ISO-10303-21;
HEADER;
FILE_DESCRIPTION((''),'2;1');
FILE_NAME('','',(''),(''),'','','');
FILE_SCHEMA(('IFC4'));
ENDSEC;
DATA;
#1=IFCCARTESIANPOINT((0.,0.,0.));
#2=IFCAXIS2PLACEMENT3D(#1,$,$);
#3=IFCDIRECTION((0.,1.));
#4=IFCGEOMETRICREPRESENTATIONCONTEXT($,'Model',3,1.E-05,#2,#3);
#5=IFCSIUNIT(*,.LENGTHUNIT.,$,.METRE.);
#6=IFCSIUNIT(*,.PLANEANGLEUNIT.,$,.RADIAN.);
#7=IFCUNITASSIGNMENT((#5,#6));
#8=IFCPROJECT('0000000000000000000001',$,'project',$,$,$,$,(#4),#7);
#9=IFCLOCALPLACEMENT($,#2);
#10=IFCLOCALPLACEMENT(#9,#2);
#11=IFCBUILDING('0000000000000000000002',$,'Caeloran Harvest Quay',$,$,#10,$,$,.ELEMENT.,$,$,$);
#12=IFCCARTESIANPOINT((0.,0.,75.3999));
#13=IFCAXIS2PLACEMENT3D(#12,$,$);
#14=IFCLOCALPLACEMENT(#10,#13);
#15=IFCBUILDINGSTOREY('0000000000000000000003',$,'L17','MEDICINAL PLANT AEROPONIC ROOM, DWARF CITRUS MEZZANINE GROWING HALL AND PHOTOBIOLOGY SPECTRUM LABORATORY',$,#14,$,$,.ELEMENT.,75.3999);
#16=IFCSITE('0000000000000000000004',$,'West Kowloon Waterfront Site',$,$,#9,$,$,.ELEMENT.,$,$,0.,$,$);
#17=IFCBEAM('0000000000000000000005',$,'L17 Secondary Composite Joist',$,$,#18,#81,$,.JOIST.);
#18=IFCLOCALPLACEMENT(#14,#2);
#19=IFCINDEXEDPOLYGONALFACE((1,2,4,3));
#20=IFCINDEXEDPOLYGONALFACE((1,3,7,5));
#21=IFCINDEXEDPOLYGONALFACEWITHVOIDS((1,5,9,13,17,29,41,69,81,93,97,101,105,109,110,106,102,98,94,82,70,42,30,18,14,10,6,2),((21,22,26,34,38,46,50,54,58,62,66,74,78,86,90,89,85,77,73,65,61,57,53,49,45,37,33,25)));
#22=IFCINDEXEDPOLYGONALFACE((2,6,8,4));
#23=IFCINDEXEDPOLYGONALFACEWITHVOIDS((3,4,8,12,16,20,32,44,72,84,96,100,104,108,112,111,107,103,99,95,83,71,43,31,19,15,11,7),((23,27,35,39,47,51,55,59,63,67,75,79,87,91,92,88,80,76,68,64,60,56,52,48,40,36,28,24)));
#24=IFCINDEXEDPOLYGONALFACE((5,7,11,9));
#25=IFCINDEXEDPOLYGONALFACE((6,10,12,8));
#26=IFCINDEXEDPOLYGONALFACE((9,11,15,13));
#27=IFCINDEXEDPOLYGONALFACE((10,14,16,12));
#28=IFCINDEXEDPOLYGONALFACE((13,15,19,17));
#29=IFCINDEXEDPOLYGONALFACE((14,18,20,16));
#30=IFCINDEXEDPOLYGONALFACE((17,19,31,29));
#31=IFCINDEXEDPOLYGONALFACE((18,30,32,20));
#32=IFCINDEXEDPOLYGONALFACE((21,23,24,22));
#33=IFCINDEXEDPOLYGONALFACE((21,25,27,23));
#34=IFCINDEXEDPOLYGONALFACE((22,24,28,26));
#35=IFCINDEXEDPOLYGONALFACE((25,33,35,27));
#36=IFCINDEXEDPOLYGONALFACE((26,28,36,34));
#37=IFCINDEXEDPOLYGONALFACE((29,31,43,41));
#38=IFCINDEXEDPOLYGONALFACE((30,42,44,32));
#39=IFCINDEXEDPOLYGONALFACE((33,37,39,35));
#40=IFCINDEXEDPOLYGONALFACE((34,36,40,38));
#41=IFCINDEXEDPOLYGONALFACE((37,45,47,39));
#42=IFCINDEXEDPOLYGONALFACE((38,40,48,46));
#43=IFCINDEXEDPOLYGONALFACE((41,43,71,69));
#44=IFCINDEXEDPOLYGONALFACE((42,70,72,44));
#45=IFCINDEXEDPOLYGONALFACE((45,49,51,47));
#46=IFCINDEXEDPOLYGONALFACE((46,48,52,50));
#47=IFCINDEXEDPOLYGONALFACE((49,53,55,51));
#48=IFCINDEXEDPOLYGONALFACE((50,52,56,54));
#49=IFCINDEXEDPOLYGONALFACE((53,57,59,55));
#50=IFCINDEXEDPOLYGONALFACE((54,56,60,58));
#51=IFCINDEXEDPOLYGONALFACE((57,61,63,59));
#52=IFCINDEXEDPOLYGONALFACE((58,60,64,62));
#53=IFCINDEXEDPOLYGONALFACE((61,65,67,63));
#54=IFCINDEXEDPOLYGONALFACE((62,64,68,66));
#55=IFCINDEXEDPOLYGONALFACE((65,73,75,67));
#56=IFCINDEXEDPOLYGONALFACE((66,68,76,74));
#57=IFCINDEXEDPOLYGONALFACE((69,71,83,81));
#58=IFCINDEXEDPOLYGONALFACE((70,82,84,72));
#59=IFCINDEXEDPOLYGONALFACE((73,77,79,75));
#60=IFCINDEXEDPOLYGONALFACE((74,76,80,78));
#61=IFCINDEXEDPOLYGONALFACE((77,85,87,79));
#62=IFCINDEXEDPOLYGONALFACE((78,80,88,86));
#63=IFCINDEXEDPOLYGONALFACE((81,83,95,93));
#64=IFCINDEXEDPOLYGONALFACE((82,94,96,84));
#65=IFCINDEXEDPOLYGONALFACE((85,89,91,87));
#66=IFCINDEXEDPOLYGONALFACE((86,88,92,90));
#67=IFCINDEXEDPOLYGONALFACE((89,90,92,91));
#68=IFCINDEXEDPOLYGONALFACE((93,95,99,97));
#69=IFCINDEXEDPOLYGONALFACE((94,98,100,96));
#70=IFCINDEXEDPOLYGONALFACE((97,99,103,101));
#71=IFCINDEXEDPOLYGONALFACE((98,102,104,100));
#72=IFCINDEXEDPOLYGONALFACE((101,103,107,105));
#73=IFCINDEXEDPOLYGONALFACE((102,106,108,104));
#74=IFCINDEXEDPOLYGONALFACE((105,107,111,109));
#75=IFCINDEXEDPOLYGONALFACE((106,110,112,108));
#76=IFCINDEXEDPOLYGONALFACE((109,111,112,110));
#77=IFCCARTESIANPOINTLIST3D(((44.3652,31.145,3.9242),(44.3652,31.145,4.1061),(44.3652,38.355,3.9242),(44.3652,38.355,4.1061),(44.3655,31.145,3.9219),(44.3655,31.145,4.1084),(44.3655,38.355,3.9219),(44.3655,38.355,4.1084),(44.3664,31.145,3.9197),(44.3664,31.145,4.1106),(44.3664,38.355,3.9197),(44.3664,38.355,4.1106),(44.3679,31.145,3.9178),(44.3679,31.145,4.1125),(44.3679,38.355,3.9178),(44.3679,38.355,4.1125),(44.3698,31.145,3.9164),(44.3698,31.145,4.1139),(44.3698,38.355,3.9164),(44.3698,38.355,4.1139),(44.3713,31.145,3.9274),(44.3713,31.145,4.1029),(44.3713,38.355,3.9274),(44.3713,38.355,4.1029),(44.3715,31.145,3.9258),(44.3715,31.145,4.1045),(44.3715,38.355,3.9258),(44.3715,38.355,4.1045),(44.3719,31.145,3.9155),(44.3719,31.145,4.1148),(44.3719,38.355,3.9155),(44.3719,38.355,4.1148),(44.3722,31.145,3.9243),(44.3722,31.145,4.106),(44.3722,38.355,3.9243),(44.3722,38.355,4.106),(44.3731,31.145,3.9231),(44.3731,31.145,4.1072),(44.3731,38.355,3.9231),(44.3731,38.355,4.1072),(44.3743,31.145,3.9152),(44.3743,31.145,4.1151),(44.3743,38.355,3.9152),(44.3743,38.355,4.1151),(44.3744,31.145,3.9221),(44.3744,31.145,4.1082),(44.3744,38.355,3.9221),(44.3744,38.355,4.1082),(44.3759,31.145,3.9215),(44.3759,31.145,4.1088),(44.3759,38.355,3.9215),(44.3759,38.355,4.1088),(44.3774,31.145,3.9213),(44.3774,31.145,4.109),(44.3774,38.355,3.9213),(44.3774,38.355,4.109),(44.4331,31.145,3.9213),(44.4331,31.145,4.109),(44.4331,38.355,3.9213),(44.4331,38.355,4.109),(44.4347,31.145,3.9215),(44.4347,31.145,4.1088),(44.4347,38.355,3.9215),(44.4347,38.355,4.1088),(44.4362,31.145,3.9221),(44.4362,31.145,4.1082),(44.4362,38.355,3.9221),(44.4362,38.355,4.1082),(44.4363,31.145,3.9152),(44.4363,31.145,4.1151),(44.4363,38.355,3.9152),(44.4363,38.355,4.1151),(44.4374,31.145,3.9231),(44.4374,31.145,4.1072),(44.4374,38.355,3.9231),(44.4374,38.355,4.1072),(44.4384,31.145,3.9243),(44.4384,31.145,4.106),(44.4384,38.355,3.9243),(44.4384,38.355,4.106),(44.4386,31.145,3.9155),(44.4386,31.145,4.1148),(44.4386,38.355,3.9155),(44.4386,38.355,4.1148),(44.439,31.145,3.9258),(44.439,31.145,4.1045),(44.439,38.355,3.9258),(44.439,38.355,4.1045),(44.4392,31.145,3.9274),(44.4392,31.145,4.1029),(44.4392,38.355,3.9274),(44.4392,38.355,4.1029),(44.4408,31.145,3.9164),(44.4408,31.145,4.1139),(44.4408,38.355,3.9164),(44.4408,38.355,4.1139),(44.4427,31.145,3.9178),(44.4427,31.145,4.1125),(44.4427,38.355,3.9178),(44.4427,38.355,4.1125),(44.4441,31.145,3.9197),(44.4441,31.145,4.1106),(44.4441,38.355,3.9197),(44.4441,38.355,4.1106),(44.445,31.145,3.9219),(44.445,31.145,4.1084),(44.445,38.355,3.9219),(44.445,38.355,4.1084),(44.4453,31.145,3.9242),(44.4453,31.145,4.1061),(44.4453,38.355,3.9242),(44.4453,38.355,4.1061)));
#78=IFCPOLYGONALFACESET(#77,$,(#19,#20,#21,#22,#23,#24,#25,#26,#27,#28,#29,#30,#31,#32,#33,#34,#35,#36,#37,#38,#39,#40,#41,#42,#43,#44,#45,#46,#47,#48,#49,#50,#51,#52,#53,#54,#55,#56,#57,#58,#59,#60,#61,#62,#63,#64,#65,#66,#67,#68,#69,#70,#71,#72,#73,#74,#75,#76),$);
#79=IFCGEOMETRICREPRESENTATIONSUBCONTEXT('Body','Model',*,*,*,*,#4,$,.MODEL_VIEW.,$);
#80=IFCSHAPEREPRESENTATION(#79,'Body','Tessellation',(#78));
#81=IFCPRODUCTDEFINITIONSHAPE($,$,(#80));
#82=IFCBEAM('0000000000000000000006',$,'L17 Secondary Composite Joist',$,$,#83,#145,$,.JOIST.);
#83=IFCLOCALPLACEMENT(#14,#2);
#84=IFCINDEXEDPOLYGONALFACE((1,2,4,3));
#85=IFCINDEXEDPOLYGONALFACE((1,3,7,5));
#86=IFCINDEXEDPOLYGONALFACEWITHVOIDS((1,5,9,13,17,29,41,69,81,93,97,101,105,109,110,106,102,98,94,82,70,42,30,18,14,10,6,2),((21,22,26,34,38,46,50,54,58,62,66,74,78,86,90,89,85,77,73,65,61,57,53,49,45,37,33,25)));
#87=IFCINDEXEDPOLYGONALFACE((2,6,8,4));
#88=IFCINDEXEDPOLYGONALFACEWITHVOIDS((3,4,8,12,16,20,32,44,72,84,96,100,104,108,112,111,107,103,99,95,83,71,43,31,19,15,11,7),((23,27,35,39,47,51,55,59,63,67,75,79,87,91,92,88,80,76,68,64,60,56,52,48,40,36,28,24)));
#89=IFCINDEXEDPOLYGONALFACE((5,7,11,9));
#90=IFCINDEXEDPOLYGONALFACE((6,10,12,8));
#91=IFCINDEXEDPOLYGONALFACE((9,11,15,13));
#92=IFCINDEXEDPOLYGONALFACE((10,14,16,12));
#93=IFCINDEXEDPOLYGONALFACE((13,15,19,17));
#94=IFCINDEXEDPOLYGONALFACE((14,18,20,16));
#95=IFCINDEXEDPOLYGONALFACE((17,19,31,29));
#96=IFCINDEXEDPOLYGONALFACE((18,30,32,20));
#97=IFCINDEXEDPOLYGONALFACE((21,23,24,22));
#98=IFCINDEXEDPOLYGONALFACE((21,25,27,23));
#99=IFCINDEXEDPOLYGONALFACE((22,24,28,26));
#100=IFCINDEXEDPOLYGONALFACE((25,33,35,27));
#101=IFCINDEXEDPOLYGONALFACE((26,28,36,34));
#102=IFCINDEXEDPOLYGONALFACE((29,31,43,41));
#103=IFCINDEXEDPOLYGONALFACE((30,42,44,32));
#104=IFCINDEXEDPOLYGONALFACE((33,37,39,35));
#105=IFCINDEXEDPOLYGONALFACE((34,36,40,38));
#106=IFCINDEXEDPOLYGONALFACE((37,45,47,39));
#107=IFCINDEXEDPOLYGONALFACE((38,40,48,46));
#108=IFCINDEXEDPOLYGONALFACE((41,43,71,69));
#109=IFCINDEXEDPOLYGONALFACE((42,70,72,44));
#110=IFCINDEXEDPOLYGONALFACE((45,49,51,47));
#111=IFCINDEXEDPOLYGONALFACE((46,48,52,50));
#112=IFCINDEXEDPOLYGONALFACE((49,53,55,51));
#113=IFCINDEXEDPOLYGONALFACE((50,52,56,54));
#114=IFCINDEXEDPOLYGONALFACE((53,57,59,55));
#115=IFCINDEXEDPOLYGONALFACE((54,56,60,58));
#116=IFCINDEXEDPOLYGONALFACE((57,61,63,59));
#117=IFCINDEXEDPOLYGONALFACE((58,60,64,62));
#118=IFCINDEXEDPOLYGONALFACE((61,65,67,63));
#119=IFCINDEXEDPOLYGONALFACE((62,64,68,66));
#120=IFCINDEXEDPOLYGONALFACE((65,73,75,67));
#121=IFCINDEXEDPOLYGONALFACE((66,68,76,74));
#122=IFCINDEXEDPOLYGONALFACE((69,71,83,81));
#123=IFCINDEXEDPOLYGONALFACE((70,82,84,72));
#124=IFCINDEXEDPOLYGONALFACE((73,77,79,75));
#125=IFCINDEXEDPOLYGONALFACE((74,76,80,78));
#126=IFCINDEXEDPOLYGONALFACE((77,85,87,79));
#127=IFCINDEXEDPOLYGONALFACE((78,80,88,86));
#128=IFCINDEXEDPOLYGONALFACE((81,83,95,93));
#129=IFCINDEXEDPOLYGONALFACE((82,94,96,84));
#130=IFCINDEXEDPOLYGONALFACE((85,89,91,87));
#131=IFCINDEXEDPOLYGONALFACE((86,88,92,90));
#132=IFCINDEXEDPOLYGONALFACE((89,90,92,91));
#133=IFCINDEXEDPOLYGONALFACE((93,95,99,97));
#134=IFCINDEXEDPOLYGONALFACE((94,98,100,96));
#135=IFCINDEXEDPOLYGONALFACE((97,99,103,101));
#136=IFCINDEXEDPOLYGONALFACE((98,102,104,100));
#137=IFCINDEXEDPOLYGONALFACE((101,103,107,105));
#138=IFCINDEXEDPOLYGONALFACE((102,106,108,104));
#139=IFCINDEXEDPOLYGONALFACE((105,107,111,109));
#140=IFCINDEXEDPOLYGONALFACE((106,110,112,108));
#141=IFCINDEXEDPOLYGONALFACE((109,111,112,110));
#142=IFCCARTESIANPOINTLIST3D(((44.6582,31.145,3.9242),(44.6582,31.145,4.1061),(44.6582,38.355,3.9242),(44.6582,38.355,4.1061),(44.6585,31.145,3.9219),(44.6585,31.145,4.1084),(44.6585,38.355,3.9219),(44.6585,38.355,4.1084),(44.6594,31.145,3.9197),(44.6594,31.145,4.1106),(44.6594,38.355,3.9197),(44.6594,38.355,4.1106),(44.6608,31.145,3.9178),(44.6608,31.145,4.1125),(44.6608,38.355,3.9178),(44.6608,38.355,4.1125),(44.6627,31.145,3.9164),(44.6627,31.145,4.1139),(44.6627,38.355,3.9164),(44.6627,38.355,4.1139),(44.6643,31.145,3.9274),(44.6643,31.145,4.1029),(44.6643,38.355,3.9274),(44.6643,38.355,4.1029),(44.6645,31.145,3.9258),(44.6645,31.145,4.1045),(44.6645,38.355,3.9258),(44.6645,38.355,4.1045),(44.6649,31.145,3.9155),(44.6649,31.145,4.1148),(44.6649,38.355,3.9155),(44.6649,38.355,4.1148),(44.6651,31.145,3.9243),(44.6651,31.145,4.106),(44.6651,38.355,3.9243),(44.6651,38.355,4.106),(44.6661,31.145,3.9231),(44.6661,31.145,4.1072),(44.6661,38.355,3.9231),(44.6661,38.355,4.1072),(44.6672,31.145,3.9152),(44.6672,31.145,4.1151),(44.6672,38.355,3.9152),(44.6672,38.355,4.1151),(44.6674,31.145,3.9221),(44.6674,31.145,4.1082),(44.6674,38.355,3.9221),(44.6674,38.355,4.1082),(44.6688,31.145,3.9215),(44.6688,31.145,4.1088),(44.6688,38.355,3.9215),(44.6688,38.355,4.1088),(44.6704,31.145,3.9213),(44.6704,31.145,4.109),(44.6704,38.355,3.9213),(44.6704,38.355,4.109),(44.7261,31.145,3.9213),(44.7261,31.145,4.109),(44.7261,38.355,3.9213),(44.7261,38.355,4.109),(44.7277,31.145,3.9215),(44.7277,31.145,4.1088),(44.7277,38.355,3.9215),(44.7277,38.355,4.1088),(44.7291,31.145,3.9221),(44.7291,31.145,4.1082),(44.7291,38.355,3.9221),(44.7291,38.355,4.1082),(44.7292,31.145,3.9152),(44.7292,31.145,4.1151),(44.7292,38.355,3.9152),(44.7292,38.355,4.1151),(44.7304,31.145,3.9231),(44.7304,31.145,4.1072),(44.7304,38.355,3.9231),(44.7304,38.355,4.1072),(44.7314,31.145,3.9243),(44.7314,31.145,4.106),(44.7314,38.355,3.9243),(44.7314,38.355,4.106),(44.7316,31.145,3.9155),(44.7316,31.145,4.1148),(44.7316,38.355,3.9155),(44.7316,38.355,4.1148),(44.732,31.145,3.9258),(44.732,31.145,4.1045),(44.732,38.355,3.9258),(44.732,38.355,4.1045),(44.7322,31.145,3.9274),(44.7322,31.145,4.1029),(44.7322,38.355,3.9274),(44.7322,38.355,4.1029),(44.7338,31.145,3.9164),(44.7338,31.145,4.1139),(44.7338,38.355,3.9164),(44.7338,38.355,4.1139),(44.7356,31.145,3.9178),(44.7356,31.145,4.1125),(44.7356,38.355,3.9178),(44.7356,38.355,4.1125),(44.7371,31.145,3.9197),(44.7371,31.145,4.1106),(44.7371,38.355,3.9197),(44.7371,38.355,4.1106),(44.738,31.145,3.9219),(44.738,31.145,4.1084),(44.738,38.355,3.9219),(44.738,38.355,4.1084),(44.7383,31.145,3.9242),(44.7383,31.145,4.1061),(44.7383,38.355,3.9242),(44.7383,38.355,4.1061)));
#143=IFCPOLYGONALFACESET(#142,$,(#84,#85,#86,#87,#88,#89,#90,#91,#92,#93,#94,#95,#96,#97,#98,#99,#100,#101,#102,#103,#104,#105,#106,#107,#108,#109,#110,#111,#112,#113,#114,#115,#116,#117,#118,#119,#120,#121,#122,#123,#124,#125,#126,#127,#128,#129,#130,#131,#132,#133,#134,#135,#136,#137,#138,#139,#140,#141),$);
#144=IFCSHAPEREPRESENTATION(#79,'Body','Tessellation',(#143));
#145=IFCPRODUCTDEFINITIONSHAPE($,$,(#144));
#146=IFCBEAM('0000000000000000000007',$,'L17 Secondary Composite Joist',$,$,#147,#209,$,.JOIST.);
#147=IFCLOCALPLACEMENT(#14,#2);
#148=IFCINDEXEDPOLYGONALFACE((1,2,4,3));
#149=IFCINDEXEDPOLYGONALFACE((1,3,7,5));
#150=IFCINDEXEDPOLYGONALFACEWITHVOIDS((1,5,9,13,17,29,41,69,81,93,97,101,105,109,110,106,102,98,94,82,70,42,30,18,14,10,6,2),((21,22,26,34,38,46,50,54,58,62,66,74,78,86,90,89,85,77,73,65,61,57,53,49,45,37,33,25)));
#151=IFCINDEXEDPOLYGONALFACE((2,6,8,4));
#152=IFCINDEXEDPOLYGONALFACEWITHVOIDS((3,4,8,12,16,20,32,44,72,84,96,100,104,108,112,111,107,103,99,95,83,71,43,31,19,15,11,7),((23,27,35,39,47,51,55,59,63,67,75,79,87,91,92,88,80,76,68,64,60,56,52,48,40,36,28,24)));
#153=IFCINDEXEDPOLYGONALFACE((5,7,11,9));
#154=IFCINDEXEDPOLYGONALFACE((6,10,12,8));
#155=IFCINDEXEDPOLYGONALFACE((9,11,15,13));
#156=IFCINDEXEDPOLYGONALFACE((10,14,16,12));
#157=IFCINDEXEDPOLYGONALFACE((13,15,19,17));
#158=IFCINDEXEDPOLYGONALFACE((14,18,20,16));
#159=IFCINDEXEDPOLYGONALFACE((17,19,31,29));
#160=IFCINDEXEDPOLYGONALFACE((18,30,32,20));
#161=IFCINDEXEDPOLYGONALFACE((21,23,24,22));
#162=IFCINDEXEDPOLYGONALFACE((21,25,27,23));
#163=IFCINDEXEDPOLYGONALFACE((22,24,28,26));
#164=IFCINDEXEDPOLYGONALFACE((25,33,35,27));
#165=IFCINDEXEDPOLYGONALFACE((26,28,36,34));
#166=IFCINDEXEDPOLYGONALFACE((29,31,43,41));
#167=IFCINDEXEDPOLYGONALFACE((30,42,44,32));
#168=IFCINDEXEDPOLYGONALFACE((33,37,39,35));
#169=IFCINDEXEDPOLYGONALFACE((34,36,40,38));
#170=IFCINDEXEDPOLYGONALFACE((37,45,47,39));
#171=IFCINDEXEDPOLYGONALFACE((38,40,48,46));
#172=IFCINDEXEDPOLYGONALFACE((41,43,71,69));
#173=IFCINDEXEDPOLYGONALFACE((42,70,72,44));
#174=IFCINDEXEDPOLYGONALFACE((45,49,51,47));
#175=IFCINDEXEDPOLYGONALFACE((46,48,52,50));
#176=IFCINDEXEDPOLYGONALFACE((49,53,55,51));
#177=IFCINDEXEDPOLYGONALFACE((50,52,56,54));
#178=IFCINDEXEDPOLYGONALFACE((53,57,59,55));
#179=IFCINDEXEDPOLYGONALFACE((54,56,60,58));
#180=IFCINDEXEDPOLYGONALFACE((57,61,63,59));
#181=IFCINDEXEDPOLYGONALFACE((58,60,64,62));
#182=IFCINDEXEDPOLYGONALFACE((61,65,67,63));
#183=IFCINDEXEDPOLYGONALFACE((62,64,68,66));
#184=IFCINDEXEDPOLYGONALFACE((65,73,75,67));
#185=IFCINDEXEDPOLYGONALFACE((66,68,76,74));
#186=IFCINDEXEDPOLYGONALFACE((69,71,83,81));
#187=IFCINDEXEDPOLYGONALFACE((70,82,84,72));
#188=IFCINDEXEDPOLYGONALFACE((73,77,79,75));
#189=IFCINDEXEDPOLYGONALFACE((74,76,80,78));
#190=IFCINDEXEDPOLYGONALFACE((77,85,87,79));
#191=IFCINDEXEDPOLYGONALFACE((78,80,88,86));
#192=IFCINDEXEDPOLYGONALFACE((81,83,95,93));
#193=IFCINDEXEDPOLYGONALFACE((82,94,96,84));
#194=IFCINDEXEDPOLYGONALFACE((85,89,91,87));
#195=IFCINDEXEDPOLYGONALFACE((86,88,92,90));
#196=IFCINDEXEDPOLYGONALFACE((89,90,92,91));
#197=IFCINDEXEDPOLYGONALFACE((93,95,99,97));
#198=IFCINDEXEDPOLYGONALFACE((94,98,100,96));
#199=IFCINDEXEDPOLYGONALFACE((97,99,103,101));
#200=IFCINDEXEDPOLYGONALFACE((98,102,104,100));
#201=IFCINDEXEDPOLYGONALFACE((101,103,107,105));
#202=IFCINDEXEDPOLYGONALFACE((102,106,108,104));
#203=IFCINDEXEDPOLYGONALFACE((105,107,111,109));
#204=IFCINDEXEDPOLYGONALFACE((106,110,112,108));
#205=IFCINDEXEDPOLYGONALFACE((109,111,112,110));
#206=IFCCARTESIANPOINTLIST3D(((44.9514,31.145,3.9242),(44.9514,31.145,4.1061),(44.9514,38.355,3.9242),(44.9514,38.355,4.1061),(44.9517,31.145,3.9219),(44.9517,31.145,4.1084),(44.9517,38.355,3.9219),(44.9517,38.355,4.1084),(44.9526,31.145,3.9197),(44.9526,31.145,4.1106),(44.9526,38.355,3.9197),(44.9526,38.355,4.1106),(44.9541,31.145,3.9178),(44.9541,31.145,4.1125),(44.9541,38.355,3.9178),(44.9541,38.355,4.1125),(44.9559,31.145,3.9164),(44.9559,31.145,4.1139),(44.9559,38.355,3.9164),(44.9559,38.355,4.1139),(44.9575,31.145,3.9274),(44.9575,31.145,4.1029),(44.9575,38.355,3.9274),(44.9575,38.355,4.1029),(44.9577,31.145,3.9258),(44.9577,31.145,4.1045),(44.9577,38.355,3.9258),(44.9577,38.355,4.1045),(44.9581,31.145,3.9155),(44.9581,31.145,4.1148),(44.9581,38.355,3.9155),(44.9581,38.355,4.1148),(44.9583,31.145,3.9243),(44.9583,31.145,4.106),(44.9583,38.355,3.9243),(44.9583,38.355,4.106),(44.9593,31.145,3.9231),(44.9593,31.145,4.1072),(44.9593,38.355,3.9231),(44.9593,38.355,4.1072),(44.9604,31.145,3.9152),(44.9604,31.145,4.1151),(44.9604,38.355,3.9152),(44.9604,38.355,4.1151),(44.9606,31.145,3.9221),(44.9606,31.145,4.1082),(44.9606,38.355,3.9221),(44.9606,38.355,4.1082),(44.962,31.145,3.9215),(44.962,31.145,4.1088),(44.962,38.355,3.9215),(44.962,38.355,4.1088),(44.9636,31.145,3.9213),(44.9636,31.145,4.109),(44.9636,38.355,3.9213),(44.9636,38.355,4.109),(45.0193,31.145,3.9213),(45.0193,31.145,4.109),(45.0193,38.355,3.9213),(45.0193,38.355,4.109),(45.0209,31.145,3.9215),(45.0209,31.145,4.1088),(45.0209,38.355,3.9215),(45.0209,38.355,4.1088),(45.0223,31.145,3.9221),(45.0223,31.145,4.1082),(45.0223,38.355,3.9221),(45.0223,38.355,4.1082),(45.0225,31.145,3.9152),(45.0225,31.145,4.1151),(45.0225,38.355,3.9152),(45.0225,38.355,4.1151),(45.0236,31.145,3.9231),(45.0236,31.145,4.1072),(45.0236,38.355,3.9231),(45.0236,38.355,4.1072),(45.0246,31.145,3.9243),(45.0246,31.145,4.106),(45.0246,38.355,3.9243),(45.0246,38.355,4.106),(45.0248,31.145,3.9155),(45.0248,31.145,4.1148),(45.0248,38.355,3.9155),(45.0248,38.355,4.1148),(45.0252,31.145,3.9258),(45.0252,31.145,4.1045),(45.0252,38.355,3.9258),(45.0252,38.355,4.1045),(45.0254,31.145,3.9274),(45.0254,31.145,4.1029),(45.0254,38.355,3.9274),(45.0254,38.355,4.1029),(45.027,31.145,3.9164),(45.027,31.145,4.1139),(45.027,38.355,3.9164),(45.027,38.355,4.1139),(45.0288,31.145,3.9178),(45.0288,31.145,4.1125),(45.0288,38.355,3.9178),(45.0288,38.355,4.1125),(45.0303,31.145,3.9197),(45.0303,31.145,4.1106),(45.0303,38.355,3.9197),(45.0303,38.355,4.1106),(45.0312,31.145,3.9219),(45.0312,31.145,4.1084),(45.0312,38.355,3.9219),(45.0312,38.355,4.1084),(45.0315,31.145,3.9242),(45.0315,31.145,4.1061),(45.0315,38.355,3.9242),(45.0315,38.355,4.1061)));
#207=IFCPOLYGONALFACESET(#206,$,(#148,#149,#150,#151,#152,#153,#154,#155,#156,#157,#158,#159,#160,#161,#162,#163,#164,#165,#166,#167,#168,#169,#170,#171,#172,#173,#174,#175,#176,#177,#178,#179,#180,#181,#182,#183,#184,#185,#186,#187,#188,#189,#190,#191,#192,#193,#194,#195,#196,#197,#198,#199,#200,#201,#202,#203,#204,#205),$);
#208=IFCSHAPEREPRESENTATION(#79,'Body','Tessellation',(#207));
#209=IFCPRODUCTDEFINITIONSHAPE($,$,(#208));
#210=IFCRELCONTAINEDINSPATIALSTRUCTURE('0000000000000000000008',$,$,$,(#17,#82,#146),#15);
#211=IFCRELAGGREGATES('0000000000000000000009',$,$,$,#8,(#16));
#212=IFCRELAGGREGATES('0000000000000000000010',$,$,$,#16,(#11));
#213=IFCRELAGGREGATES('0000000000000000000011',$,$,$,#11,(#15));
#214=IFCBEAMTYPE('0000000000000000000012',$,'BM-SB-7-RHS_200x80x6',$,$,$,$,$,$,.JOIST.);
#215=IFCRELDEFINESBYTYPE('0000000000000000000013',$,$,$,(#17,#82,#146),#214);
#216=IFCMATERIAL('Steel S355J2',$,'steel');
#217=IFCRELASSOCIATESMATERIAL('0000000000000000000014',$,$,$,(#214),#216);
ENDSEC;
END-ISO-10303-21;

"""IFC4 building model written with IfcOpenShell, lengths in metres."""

from ifc_helpers import new_model, si_unit, direction, frame, origin, origin_2d, place, context, subcontext, project, spatial, hollow_rectangle, extrude, material, material_profile, profile_set, type_object, element, save


model = new_model("IFC4")

# Units and contexts
model_context = context("Model", 3, precision=1e-05, world=origin(), true_north=direction((0.0, 1.0)))
body_context = subcontext(model_context, "Body", "Model", "MODEL_VIEW")
ifc_project = project(units=[si_unit("LENGTHUNIT", "METRE"), si_unit("PLANEANGLEUNIT", "RADIAN")], contexts=[model_context])

# Site, building, storey
site_placement = place(None, origin())
site = spatial("IfcSite", under=ifc_project, at=site_placement, Name="West Kowloon Waterfront Site", CompositionType="ELEMENT", RefElevation=0.0)
building_placement = place(site_placement, origin())
building = spatial("IfcBuilding", under=site, at=building_placement, Name="Caeloran Harvest Quay", CompositionType="ELEMENT")
storey_placement = place(building_placement, frame((0.0, 0.0, 75.3999)))
storey = spatial("IfcBuildingStorey", under=building, at=storey_placement, Name="L17", Description="MEDICINAL PLANT AEROPONIC ROOM, DWARF CITRUS MEZZANINE GROWING HALL AND PHOTOBIOLOGY SPECTRUM LABORATORY", CompositionType="ELEMENT", Elevation=75.3999)

# Beams
ifc_material_1 = material(Name="Steel S355J2", Category="steel")
ifc_material_profile_1 = material_profile(ifc_material_1, hollow_rectangle(XDim=0.0801, YDim=0.2, WallThickness=0.0061, InnerFilletRadius=0.0061, OuterFilletRadius=0.009, at=origin_2d()), Name="RHS 200x80x6")
ifc_profile_set_1 = profile_set([ifc_material_profile_1], Name="Steel S355J2")
beam_type_1 = type_object("IfcBeamType", Name="BM-SB-7-RHS_200x80x6", PredefinedType="JOIST", material=ifc_profile_set_1)
for number, where, z_axis, x_axis, name in (
    (1, (44.4053, 31.145, 4.0151), (0.0, 1.0, 0.0), (-1.0, 0.0, 0.0), "L17 Secondary Composite Joist"),
    (2, (44.6982, 31.145, 4.0151), (0.0, 1.0, 0.0), (-1.0, 0.0, 0.0), "L17 Secondary Composite Joist"),
    (3, (44.9915, 31.145, 4.0151), (0.0, 1.0, 0.0), (-1.0, 0.0, 0.0), "L17 Secondary Composite Joist"),
):
    element("IfcBeam", number, at=place(storey_placement, frame(where, z_axis=z_axis, x_axis=x_axis)), inside=storey, type_object=beam_type_1, Name=name, PredefinedType="JOIST", context=body_context, shape_type="SweptSolid", body=[
        extrude(hollow_rectangle(XDim=0.0801, YDim=0.2, WallThickness=0.0061, InnerFilletRadius=0.0061, OuterFilletRadius=0.009, at=origin_2d()), origin(), (0.0, 0.0, 1.0), 7.21),
    ])

save(model, "model.ifc")
